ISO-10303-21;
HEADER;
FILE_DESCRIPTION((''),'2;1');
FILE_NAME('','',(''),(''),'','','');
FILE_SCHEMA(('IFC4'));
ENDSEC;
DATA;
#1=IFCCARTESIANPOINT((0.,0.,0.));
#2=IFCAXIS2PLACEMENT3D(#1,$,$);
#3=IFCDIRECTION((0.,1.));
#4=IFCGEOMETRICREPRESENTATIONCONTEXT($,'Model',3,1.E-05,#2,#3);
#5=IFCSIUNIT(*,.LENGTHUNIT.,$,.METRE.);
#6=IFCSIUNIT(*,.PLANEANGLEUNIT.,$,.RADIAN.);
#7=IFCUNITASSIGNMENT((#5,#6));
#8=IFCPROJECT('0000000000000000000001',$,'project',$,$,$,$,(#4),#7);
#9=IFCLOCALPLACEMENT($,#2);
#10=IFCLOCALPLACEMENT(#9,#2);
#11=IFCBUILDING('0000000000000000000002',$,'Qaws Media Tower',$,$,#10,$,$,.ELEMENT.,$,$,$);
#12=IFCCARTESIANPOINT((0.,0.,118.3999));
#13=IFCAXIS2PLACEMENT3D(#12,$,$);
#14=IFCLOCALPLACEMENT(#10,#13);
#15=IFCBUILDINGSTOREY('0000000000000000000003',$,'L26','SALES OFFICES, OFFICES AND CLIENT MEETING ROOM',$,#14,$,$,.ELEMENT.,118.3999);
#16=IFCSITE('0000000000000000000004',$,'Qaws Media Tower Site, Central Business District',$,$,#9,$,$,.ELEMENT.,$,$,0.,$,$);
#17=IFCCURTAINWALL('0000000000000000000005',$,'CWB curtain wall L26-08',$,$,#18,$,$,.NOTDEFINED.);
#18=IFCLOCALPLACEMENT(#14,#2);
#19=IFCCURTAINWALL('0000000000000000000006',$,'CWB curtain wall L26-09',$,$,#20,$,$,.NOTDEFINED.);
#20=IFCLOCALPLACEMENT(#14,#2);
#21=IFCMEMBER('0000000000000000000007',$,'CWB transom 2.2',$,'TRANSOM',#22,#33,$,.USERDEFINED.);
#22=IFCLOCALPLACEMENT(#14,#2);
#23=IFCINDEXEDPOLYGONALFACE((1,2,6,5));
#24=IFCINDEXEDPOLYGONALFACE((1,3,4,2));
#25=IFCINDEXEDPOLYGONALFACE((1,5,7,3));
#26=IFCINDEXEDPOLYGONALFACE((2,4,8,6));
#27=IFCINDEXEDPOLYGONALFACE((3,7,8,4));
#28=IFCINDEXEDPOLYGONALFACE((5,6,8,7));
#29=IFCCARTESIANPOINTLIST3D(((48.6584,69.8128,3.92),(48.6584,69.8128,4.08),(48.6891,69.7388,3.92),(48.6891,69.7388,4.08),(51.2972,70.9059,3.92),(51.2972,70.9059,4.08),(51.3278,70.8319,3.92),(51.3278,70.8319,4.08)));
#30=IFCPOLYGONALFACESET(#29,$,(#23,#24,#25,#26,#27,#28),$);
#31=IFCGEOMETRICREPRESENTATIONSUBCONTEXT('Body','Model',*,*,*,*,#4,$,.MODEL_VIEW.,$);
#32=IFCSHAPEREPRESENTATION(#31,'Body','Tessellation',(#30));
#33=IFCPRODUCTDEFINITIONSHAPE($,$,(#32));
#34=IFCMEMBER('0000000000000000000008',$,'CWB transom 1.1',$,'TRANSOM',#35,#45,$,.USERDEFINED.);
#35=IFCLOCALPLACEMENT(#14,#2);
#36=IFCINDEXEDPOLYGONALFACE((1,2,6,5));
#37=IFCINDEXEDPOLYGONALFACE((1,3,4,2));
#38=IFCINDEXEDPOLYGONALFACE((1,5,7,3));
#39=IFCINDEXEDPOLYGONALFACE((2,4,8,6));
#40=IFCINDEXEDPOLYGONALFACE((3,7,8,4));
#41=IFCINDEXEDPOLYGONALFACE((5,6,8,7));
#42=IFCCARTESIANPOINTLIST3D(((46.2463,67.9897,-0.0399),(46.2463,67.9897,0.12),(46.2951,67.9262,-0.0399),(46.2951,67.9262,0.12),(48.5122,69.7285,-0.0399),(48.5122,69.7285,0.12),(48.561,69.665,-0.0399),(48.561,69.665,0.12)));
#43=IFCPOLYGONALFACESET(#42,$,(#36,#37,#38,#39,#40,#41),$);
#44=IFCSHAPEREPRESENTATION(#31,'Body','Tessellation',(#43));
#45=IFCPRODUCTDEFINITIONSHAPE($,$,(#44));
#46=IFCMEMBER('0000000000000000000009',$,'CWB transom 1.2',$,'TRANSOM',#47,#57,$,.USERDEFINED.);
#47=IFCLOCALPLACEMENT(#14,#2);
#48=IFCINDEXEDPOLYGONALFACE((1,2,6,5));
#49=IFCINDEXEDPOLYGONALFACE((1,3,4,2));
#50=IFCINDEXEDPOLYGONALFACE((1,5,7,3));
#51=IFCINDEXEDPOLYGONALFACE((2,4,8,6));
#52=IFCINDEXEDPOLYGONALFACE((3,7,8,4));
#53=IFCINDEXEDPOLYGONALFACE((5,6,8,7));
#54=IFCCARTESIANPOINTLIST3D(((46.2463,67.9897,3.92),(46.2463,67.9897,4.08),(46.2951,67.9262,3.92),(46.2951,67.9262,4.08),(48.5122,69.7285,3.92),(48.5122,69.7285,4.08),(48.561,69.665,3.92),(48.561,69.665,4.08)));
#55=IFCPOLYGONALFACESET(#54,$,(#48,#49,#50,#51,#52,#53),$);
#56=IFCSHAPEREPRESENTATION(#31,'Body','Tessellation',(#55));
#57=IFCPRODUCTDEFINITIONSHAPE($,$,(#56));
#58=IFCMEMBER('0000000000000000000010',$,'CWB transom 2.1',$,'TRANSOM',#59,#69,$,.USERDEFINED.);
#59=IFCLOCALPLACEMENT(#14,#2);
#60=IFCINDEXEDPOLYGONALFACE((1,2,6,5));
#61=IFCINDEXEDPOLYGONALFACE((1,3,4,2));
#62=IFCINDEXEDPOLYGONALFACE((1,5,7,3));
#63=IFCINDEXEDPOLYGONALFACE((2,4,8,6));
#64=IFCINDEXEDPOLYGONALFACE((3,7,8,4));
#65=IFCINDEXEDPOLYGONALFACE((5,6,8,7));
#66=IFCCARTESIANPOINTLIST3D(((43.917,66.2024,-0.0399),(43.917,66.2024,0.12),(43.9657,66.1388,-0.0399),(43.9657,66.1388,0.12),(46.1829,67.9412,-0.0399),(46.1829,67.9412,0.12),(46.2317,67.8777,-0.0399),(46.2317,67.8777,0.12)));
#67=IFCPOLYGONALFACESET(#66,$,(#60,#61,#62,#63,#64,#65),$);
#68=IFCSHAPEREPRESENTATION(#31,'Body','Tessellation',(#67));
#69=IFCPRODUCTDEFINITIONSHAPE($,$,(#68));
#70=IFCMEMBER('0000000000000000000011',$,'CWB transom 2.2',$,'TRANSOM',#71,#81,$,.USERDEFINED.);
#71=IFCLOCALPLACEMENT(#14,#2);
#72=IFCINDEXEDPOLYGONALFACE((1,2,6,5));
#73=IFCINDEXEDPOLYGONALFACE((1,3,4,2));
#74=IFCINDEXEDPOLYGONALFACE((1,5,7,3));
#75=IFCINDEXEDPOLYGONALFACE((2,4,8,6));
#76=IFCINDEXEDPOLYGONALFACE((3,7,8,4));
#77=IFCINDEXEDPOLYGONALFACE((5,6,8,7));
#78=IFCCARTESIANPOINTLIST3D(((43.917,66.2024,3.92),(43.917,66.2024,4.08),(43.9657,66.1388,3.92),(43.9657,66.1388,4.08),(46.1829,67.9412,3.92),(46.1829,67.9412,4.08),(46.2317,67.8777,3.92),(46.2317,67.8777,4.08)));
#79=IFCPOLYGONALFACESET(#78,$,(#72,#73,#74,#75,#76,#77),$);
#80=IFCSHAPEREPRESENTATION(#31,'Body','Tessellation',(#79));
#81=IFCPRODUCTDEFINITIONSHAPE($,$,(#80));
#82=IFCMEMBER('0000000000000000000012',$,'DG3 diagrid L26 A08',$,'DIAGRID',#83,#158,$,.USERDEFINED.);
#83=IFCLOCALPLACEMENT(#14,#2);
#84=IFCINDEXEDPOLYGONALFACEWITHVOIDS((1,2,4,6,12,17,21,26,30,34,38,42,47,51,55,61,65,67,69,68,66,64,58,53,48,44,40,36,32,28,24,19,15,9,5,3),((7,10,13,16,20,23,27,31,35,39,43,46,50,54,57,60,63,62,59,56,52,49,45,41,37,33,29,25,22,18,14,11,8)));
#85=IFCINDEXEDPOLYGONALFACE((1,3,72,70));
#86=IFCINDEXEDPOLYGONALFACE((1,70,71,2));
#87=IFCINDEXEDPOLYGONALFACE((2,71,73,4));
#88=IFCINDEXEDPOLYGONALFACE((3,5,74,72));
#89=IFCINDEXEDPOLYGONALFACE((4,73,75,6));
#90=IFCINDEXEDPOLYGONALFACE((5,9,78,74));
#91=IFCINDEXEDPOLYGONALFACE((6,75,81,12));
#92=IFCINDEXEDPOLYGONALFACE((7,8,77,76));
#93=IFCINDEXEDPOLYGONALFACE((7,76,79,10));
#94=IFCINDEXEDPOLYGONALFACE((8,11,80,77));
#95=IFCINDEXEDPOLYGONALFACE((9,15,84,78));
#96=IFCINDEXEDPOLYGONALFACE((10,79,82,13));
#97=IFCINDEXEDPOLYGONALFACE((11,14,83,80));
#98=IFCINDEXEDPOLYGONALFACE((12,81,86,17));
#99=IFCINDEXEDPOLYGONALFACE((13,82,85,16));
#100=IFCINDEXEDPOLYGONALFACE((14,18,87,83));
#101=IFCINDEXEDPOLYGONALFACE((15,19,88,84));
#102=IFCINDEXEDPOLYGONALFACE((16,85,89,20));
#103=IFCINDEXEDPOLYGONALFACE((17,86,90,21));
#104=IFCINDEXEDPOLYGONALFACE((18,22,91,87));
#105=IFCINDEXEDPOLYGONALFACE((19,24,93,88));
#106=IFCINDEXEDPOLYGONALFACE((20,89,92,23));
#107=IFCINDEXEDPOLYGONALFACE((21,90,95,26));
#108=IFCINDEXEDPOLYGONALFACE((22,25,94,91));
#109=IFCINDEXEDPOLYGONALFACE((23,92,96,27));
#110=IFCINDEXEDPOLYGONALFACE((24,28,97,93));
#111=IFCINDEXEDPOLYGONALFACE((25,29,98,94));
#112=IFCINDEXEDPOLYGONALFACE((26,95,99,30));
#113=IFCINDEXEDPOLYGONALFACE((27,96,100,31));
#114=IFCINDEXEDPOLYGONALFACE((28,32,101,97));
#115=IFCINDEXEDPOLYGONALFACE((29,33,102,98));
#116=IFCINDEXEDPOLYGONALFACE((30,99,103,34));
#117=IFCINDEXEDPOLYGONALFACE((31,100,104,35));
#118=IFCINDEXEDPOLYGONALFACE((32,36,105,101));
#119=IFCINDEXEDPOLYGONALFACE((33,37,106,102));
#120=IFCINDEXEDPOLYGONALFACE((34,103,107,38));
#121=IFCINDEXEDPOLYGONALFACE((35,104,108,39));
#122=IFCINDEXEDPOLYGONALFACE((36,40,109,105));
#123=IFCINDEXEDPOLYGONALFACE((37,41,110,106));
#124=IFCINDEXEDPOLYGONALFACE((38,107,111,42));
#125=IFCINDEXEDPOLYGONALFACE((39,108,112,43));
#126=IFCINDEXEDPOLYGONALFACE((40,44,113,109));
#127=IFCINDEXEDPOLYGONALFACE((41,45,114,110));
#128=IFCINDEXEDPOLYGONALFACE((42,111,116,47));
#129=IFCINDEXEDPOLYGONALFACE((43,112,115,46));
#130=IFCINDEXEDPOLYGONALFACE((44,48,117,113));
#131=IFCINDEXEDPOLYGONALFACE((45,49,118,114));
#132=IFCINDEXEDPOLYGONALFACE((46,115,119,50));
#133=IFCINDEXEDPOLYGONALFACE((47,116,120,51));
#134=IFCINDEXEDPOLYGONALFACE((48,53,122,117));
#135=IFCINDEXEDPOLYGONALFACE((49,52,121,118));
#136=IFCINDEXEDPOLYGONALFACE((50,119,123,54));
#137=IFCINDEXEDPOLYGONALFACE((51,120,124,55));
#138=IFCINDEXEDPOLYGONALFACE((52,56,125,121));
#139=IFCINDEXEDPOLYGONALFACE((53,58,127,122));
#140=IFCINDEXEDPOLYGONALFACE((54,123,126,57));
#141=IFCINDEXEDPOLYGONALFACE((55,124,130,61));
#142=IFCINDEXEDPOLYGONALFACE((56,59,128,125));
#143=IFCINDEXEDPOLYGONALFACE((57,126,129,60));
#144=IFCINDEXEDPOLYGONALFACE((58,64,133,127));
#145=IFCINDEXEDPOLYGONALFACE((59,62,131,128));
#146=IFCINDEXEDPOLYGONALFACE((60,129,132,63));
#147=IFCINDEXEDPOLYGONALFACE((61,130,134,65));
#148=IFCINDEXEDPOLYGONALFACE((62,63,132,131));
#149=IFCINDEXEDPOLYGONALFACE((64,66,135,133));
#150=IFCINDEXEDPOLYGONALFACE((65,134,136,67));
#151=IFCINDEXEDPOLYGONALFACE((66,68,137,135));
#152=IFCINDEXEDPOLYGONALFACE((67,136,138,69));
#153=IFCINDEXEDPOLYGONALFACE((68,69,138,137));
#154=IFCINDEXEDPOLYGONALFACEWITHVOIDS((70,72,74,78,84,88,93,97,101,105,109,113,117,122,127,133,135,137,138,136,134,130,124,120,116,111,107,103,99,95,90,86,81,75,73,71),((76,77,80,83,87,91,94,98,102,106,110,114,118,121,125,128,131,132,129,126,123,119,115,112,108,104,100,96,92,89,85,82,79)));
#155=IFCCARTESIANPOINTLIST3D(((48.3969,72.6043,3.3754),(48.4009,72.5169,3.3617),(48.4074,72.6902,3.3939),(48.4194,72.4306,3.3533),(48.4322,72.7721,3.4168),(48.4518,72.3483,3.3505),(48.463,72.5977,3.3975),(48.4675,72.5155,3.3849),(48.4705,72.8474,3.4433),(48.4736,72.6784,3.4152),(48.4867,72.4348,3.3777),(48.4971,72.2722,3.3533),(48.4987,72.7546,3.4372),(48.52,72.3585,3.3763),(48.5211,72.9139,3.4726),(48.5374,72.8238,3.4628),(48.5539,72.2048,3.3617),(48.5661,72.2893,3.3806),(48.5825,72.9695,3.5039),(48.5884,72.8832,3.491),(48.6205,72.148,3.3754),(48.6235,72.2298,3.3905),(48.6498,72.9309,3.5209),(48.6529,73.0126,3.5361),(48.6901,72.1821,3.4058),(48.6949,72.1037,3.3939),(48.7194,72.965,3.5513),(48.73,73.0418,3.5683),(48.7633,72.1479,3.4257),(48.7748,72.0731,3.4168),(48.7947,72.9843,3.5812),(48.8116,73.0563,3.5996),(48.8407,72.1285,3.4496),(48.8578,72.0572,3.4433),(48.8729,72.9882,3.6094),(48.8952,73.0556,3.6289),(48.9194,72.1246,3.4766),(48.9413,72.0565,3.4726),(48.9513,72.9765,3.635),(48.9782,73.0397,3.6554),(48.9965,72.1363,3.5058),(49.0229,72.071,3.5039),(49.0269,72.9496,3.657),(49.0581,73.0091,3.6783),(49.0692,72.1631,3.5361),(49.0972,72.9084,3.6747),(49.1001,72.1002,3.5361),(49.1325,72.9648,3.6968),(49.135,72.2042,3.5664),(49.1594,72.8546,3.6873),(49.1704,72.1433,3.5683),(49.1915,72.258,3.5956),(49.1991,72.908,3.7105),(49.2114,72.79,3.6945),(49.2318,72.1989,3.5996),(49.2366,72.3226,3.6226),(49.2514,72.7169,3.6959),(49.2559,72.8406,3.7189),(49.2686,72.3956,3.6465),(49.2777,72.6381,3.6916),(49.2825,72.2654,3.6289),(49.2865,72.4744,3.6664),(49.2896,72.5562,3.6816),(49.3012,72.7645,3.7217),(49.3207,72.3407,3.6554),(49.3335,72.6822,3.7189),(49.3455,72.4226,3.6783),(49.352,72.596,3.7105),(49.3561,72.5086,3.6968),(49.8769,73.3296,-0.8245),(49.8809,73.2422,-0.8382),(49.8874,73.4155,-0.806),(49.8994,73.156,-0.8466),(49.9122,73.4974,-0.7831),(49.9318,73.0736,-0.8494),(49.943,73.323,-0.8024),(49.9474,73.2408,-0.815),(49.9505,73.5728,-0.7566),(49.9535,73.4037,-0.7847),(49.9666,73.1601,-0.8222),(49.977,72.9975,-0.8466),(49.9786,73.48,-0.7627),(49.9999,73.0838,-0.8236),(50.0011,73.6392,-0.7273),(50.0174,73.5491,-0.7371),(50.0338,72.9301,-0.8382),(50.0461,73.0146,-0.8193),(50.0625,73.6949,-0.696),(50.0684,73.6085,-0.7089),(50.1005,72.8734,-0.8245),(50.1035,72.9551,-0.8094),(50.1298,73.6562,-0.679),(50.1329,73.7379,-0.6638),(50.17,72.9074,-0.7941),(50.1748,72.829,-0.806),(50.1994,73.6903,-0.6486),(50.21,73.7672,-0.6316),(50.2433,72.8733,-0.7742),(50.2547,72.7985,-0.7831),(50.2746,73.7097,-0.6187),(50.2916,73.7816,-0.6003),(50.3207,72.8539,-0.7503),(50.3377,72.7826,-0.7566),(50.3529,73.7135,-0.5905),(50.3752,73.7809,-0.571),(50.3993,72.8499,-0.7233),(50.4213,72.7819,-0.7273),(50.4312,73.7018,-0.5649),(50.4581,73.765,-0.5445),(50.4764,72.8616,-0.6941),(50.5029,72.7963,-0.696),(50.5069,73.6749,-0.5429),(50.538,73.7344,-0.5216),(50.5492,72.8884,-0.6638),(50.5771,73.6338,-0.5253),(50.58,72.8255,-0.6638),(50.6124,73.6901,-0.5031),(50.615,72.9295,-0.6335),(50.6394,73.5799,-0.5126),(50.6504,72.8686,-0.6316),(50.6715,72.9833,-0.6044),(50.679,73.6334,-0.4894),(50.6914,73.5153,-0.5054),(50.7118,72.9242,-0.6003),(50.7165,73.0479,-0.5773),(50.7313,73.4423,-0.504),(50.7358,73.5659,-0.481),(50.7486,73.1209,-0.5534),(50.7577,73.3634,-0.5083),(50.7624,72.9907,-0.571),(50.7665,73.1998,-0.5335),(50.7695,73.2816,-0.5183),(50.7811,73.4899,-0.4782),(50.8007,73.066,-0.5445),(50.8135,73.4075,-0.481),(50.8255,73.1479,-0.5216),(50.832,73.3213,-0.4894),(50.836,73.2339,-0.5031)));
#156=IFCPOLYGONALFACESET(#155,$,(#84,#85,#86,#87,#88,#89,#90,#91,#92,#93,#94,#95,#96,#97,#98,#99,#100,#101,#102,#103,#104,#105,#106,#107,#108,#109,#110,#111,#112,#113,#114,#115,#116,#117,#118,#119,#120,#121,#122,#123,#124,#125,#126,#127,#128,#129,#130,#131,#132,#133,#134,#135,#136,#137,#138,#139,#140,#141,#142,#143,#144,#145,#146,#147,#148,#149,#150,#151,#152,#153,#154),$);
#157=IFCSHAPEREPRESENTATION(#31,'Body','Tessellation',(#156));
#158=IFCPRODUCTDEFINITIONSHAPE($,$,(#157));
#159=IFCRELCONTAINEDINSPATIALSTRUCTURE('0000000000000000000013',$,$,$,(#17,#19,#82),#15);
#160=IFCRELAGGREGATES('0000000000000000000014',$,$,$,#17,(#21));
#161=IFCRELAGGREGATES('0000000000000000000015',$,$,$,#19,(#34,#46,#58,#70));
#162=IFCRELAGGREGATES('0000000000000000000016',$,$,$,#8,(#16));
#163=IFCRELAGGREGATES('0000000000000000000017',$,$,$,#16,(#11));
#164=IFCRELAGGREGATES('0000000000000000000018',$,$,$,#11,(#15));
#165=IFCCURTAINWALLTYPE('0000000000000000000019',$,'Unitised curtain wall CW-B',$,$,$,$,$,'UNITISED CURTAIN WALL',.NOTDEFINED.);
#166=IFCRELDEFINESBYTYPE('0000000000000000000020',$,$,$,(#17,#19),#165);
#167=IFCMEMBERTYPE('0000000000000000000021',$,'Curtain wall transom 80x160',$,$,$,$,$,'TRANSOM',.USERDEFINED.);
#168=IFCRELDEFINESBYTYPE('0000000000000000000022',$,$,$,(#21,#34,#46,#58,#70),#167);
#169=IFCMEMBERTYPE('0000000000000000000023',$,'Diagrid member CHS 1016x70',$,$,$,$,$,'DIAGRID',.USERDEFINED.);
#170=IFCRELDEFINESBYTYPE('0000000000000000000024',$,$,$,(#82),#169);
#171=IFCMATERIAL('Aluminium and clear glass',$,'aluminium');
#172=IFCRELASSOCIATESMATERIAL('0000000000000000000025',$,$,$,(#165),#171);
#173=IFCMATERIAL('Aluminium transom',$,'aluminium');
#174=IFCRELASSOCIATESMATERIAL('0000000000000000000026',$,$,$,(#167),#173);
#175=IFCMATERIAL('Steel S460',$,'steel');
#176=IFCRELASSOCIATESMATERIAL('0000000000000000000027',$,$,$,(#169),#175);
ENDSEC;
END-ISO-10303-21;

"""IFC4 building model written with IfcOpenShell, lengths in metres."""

from ifc_helpers import new_model, si_unit, direction, frame, origin, origin_2d, place, context, subcontext, project, spatial, rectangle, hollow_circle, extrude, material, material_profile, profile_set, type_object, element, aggregate, save


model = new_model("IFC4")

# Units and contexts
model_context = context("Model", 3, precision=1e-05, world=origin(), true_north=direction((0.0, 1.0)))
body_context = subcontext(model_context, "Body", "Model", "MODEL_VIEW")
ifc_project = project(units=[si_unit("LENGTHUNIT", "METRE"), si_unit("PLANEANGLEUNIT", "RADIAN")], contexts=[model_context])

# Site, building, storey
site_placement = place(None, origin())
site = spatial("IfcSite", under=ifc_project, at=site_placement, Name="Qaws Media Tower Site, Central Business District", CompositionType="ELEMENT", RefElevation=0.0)
building_placement = place(site_placement, origin())
building = spatial("IfcBuilding", under=site, at=building_placement, Name="Qaws Media Tower", CompositionType="ELEMENT")
storey_placement = place(building_placement, frame((0.0, 0.0, 118.3999)))
storey = spatial("IfcBuildingStorey", under=building, at=storey_placement, Name="L26", Description="SALES OFFICES, OFFICES AND CLIENT MEETING ROOM", CompositionType="ELEMENT", Elevation=118.3999)

# Curtain walls
ifc_material_1 = material(Name="Aluminium and clear glass", Category="aluminium")
curtain_wall_type = type_object("IfcCurtainWallType", Name="Unitised curtain wall CW-B", ElementType="UNITISED CURTAIN WALL", PredefinedType="NOTDEFINED", material=ifc_material_1)
curtain_wall_1_placement = place(storey_placement, origin())
curtain_wall_1 = element("IfcCurtainWall", 1, at=curtain_wall_1_placement, inside=storey, type_object=curtain_wall_type, Name="CWB curtain wall L26-08", PredefinedType="NOTDEFINED")
curtain_wall_2_placement = place(storey_placement, origin())
curtain_wall_2 = element("IfcCurtainWall", 2, at=curtain_wall_2_placement, inside=storey, type_object=curtain_wall_type, Name="CWB curtain wall L26-09", PredefinedType="NOTDEFINED")

# Members
ifc_material_2 = material(Name="Aluminium transom", Category="aluminium")
ifc_material_profile_1 = material_profile(ifc_material_2, rectangle(XDim=0.0801, YDim=0.1599, at=origin_2d()), Name="80x160")
ifc_profile_set_1 = profile_set([ifc_material_profile_1], Name="Aluminium transom")
member_type_1 = type_object("IfcMemberType", Name="Curtain wall transom 80x160", ElementType="TRANSOM", PredefinedType="USERDEFINED", material=ifc_profile_set_1)
member_1_placement = place(storey_placement, frame((51.3125, 70.8689, 4.0), z_axis=(-0.923874, -0.382697, 0.0), x_axis=(0.382697, -0.923874, 0.0)))
member_1 = element("IfcMember", 3, at=member_1_placement, type_object=member_type_1, Name="CWB transom 2.2", ObjectType="TRANSOM", PredefinedType="USERDEFINED", context=body_context, shape_type="SweptSolid", body=[
    extrude(rectangle(XDim=0.0801, YDim=0.1599, at=origin_2d()), origin(), (0.0, 0.0, 1.0), 2.8562),
])
member_2_placement = place(storey_placement, frame((48.5366, 69.6968, 0.04), z_axis=(-0.793335, -0.608785, 0.0), x_axis=(0.608785, -0.793335, 0.0)))
member_2 = element("IfcMember", 4, at=member_2_placement, type_object=member_type_1, Name="CWB transom 1.1", ObjectType="TRANSOM", PredefinedType="USERDEFINED", context=body_context, shape_type="SweptSolid", body=[
    extrude(rectangle(XDim=0.0801, YDim=0.1599, at=origin_2d()), origin(), (0.0, 0.0, 1.0), 2.8562),
])
member_3_placement = place(storey_placement, frame((48.5366, 69.6968, 4.0), z_axis=(-0.793335, -0.608785, 0.0), x_axis=(0.608785, -0.793335, 0.0)))
member_3 = element("IfcMember", 5, at=member_3_placement, type_object=member_type_1, Name="CWB transom 1.2", ObjectType="TRANSOM", PredefinedType="USERDEFINED", context=body_context, shape_type="SweptSolid", body=[
    extrude(rectangle(XDim=0.0801, YDim=0.1599, at=origin_2d()), origin(), (0.0, 0.0, 1.0), 2.8562),
])
member_4_placement = place(storey_placement, frame((46.2073, 67.9094, 0.04), z_axis=(-0.793335, -0.608785, 0.0), x_axis=(0.608785, -0.793335, 0.0)))
member_4 = element("IfcMember", 6, at=member_4_placement, type_object=member_type_1, Name="CWB transom 2.1", ObjectType="TRANSOM", PredefinedType="USERDEFINED", context=body_context, shape_type="SweptSolid", body=[
    extrude(rectangle(XDim=0.0801, YDim=0.1599, at=origin_2d()), origin(), (0.0, 0.0, 1.0), 2.8562),
])
member_5_placement = place(storey_placement, frame((46.2073, 67.9094, 4.0), z_axis=(-0.793335, -0.608785, 0.0), x_axis=(0.608785, -0.793335, 0.0)))
member_5 = element("IfcMember", 7, at=member_5_placement, type_object=member_type_1, Name="CWB transom 2.2", ObjectType="TRANSOM", PredefinedType="USERDEFINED", context=body_context, shape_type="SweptSolid", body=[
    extrude(rectangle(XDim=0.0801, YDim=0.1599, at=origin_2d()), origin(), (0.0, 0.0, 1.0), 2.8562),
])

# Member
ifc_material_3 = material(Name="Steel S460", Category="steel")
ifc_material_profile_2 = material_profile(ifc_material_3, hollow_circle(Radius=0.5081, WallThickness=0.0701, at=origin_2d()), Name="CHS 1016x70")
ifc_profile_set_2 = profile_set([ifc_material_profile_2], Name="Steel S460")
member_type_2 = type_object("IfcMemberType", Name="Diagrid member CHS 1016x70", ElementType="DIAGRID", PredefinedType="USERDEFINED", material=ifc_profile_set_2)
for number, where, z_axis, x_axis, name in (
    (8, (50.3564, 73.2817, -0.6638), (-0.328027, -0.160767, 0.930888), (0.440089, -0.897954, 0.0), "DG3 diagrid L26 A08"),
):
    element("IfcMember", number, at=place(storey_placement, frame(where, z_axis=z_axis, x_axis=x_axis)), inside=storey, type_object=member_type_2, Name=name, ObjectType="DIAGRID", PredefinedType="USERDEFINED", context=body_context, shape_type="SweptSolid", body=[
        extrude(hollow_circle(Radius=0.5081, WallThickness=0.0701, at=origin_2d()), origin(), (0.0, 0.0, 1.0), 4.5117),
    ])

aggregate(curtain_wall_1, [member_1])
aggregate(curtain_wall_2, [member_2, member_3, member_4, member_5])

save(model, "model.ifc")
